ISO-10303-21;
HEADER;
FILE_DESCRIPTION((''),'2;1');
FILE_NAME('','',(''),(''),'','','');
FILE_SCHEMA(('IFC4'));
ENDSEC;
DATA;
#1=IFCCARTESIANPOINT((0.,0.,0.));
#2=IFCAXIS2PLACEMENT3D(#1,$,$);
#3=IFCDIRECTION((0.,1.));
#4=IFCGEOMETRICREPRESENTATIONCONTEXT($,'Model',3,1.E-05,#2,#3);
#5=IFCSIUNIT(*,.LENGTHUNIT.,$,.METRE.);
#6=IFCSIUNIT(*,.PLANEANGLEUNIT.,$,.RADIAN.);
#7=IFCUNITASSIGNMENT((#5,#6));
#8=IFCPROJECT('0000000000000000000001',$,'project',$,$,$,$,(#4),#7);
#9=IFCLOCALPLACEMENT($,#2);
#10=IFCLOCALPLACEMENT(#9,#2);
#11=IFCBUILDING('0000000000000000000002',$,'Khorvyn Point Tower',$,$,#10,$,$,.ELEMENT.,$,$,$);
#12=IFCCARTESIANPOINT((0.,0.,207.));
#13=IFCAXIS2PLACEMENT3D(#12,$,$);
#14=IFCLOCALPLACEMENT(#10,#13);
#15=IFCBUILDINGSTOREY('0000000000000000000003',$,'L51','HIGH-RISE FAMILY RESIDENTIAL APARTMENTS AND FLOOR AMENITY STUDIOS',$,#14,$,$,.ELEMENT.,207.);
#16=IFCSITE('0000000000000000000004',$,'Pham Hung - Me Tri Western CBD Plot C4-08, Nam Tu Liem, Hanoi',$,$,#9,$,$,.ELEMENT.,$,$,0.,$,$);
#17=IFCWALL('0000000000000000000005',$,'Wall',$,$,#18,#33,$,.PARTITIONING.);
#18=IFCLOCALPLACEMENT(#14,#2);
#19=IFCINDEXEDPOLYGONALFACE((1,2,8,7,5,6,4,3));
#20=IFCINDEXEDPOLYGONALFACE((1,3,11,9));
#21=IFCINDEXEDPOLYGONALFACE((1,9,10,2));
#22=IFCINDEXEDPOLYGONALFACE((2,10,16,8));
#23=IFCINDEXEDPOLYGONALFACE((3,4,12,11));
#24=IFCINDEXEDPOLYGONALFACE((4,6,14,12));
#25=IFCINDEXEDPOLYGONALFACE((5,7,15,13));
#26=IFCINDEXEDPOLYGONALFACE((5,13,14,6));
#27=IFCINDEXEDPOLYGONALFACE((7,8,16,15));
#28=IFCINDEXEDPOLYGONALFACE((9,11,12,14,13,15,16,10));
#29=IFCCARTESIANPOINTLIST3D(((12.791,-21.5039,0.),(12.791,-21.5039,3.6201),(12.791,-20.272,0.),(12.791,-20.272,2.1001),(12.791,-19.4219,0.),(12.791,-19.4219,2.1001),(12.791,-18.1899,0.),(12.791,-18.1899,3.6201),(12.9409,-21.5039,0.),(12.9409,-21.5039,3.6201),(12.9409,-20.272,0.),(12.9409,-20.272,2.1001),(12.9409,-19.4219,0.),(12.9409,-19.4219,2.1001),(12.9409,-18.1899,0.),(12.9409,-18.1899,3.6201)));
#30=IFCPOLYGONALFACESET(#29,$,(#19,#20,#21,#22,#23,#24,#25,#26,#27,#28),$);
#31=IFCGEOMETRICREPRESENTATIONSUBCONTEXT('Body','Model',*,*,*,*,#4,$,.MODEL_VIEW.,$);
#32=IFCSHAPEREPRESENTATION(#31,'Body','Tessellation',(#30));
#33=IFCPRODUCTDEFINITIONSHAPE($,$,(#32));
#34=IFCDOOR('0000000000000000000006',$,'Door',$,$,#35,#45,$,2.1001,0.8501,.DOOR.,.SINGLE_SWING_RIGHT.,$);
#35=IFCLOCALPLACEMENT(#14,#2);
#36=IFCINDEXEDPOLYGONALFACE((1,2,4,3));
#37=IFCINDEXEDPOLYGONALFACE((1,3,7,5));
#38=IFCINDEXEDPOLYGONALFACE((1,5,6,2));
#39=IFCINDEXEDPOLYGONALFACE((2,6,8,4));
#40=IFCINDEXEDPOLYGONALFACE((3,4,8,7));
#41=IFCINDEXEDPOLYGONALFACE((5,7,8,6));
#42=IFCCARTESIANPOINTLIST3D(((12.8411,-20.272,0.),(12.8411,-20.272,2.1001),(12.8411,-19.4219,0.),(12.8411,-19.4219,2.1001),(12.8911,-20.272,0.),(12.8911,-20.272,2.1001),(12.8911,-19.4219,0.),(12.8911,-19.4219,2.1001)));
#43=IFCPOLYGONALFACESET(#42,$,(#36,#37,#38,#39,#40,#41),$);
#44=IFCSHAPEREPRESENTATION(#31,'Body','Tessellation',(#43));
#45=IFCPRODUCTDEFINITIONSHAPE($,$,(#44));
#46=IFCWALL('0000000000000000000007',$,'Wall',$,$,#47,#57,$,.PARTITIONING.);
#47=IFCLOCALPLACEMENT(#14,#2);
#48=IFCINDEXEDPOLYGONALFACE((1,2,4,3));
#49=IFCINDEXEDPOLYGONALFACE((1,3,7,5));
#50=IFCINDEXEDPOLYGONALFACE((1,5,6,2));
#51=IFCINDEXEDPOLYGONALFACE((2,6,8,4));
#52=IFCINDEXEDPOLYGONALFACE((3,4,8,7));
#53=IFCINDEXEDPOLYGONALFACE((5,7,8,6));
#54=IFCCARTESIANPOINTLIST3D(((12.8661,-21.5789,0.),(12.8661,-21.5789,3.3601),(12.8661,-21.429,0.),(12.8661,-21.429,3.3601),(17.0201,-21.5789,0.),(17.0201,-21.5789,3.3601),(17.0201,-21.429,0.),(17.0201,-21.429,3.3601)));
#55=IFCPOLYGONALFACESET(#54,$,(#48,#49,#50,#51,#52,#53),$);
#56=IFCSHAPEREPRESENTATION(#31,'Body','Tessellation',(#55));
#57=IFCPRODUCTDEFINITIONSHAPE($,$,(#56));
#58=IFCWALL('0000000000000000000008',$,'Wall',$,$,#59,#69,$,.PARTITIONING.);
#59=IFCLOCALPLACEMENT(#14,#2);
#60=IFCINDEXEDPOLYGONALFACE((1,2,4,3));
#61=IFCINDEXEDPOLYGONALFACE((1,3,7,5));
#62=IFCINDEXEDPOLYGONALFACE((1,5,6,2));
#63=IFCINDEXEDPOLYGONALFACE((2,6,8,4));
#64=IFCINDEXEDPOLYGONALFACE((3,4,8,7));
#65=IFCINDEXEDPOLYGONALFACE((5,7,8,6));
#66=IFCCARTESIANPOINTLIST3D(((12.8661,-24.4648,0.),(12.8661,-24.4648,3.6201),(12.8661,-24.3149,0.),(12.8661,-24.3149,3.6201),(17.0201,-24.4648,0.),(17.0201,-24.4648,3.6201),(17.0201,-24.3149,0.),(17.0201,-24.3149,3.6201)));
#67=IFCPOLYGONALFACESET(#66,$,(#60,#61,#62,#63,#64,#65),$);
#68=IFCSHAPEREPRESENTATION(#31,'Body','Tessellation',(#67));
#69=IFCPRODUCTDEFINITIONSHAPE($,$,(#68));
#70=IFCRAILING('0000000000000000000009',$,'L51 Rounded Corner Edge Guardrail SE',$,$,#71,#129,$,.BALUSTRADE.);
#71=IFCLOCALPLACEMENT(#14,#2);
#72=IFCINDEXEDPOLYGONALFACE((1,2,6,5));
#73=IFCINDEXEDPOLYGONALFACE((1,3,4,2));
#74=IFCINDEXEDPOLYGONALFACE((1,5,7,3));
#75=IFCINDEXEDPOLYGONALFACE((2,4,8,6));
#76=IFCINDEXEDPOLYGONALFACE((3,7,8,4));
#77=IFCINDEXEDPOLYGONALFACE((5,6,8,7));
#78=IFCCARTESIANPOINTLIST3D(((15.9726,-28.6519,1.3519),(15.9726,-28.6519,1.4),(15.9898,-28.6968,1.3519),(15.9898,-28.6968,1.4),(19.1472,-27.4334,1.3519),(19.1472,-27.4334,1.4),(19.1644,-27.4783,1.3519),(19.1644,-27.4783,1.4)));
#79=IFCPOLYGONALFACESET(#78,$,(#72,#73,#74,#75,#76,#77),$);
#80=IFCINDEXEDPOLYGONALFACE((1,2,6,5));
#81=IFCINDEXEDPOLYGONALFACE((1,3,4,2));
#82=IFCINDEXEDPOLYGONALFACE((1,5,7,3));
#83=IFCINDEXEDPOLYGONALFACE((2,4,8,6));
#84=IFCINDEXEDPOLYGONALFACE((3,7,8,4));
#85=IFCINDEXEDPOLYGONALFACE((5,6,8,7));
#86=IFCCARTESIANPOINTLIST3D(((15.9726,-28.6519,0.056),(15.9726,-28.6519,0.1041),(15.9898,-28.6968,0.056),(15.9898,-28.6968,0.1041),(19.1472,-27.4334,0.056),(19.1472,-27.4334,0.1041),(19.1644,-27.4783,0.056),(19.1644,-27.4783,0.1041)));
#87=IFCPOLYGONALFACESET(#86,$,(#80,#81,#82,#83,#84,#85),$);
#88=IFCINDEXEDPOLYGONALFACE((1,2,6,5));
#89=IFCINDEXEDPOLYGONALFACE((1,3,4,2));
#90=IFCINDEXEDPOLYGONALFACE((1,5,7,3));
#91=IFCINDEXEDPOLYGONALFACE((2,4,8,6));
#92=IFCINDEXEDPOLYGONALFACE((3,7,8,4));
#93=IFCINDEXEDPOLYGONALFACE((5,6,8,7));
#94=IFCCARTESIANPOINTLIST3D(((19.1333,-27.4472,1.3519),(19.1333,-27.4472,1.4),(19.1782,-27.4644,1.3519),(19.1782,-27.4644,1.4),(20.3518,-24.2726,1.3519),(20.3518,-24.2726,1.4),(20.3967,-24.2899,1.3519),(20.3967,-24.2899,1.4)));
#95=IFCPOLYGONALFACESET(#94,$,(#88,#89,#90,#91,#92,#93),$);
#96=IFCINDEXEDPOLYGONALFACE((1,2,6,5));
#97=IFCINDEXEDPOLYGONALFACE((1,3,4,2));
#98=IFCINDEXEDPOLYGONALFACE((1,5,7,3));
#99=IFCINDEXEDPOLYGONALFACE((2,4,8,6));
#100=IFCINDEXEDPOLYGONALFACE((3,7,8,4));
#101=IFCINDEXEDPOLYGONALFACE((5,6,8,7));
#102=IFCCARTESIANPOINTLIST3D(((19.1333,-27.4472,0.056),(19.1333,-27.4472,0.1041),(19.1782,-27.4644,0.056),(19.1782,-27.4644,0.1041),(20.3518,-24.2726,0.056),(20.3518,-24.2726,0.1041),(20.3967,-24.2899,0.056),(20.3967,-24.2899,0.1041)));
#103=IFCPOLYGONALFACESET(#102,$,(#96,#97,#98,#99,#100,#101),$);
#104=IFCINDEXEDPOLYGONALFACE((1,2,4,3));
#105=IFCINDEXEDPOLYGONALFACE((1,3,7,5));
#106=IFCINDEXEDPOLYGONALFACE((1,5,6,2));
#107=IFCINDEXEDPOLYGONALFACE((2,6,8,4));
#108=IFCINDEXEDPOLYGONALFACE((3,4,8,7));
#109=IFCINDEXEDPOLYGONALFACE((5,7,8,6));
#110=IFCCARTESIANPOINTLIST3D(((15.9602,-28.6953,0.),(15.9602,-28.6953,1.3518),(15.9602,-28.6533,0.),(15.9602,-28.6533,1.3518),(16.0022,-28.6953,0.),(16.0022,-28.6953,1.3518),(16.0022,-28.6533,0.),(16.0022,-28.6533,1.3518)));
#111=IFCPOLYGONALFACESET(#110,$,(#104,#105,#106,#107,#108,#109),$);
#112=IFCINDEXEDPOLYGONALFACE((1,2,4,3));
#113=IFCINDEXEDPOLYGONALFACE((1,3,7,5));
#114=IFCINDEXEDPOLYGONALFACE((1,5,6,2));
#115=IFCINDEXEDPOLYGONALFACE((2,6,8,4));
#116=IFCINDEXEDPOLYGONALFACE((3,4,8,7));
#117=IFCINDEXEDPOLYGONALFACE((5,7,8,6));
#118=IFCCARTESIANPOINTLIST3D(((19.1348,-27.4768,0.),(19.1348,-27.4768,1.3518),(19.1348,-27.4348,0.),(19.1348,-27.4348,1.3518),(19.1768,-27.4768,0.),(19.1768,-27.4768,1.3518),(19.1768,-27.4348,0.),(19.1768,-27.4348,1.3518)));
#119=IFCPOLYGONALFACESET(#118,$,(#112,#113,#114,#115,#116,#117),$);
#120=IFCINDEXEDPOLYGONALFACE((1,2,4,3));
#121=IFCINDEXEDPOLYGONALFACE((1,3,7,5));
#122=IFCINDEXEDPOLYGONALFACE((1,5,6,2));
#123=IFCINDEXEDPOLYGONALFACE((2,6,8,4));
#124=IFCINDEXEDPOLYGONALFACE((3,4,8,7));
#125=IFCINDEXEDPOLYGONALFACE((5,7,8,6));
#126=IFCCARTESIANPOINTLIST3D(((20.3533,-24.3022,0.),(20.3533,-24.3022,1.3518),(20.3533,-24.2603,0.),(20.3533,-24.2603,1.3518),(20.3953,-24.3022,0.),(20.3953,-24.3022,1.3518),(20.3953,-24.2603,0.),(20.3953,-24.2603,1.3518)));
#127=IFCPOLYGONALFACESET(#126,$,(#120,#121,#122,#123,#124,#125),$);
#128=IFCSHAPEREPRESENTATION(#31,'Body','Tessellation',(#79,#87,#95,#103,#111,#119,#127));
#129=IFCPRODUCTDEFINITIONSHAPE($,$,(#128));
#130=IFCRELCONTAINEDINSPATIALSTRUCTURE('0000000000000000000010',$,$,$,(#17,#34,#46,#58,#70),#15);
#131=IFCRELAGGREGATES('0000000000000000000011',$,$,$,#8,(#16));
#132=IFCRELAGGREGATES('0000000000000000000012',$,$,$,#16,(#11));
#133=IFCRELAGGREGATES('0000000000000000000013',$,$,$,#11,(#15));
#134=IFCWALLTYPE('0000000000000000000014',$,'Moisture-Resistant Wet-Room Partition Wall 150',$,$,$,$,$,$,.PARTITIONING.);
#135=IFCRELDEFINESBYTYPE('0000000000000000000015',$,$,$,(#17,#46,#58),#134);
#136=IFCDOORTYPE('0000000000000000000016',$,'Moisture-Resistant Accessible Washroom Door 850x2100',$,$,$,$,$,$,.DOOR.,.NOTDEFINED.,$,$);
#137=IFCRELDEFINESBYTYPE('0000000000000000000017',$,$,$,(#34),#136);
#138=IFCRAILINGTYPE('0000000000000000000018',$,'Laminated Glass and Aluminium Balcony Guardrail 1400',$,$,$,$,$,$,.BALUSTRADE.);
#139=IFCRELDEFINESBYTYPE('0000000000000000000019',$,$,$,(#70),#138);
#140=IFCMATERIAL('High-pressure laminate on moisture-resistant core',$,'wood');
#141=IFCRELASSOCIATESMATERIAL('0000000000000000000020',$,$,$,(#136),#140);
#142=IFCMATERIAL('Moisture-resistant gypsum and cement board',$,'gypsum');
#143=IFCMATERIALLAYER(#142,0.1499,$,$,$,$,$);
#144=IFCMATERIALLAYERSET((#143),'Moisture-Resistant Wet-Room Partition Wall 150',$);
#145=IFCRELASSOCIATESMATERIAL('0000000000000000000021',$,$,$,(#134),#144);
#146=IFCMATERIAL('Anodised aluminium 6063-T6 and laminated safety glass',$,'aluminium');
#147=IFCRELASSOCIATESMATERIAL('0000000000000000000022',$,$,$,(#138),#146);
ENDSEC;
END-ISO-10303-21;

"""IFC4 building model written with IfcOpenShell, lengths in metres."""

from ifc_helpers import new_model, si_unit, direction, frame, frame_2d, origin, origin_2d, place, context, subcontext, project, spatial, rectangle, extrude, material, layer, layer_set, type_object, element, fill, save


model = new_model("IFC4")

# Units and contexts
model_context = context("Model", 3, precision=1e-05, world=origin(), true_north=direction((0.0, 1.0)))
body_context = subcontext(model_context, "Body", "Model", "MODEL_VIEW")
ifc_project = project(units=[si_unit("LENGTHUNIT", "METRE"), si_unit("PLANEANGLEUNIT", "RADIAN")], contexts=[model_context])

# Site, building, storey
site_placement = place(None, origin())
site = spatial("IfcSite", under=ifc_project, at=site_placement, Name="Pham Hung - Me Tri Western CBD Plot C4-08, Nam Tu Liem, Hanoi", CompositionType="ELEMENT", RefElevation=0.0)
building_placement = place(site_placement, origin())
building = spatial("IfcBuilding", under=site, at=building_placement, Name="Khorvyn Point Tower", CompositionType="ELEMENT")
storey_placement = place(building_placement, frame((0.0, 0.0, 207.0)))
storey = spatial("IfcBuildingStorey", under=building, at=storey_placement, Name="L51", Description="HIGH-RISE FAMILY RESIDENTIAL APARTMENTS AND FLOOR AMENITY STUDIOS", CompositionType="ELEMENT", Elevation=207.0)

# Wall, opening, door
ifc_material_1 = material(Name="High-pressure laminate on moisture-resistant core", Category="wood")
door_type_1 = type_object("IfcDoorType", Name="Moisture-Resistant Accessible Washroom Door 850x2100", OperationType="NOTDEFINED", PredefinedType="DOOR", material=ifc_material_1)
ifc_material_2 = material(Name="Moisture-resistant gypsum and cement board", Category="gypsum")
ifc_layer_1 = layer(ifc_material_2, 0.1499)
ifc_layer_set_1 = layer_set([ifc_layer_1], Name="Moisture-Resistant Wet-Room Partition Wall 150")
wall_type_1 = type_object("IfcWallType", Name="Moisture-Resistant Wet-Room Partition Wall 150", PredefinedType="PARTITIONING", material=ifc_layer_set_1)
wall_1_placement = place(storey_placement, frame((12.866, -21.5039, 0.0), z_axis=(0.0, 0.0, 1.0), x_axis=(0.0, 1.0, 0.0)))
wall_1 = element("IfcWall", 1, at=wall_1_placement, inside=storey, type_object=wall_type_1, Name="Wall", PredefinedType="PARTITIONING", context=body_context, shape_type="SweptSolid", body=[
    extrude(rectangle(XDim=3.314, YDim=0.1499, at=frame_2d((1.657, 0.0))), origin(), (0.0, 0.0, 1.0), 3.6201),
])
opening_1_placement = place(wall_1_placement, frame((1.2319, 0.0, 0.0)))
opening_1 = element("IfcOpeningElement", 2, at=opening_1_placement, cuts=wall_1, PredefinedType="OPENING", context=body_context, shape_type="SweptSolid", body=[
    extrude(rectangle(XDim=0.8501, YDim=2.1001, at=frame_2d((0.425, 1.05))), frame((0.0, 0.085, 0.0), z_axis=(0.0, -1.0, 0.0), x_axis=(1.0, 0.0, 0.0)), (0.0, 0.0, 1.0), 0.1699),
])
door_1_placement = place(opening_1_placement, origin())
door_1 = element("IfcDoor", 3, at=door_1_placement, inside=storey, type_object=door_type_1, Name="Door", OperationType="SINGLE_SWING_RIGHT", OverallHeight=2.1001, OverallWidth=0.8501, PredefinedType="DOOR", context=body_context, shape_type="SweptSolid", body=[
    extrude(rectangle(XDim=0.8501, YDim=2.1001, at=frame_2d((0.425, 1.05))), frame((0.0, 0.0249, 0.0), z_axis=(0.0, -1.0, 0.0), x_axis=(1.0, 0.0, 0.0)), (0.0, 0.0, 1.0), 0.05),
])
fill(opening_1, door_1)

# Walls
wall_2_placement = place(storey_placement, frame((12.866, -21.5039, 0.0), z_axis=(0.0, 0.0, 1.0), x_axis=(1.0, 0.0, 0.0)))
element("IfcWall", 4, at=wall_2_placement, inside=storey, type_object=wall_type_1, Name="Wall", PredefinedType="PARTITIONING", context=body_context, shape_type="SweptSolid", body=[
    extrude(rectangle(XDim=4.1541, YDim=0.1499, at=frame_2d((2.0771, 0.0))), origin(), (0.0, 0.0, 1.0), 3.3601),
])
wall_3_placement = place(storey_placement, frame((12.866, -24.3899, 0.0), z_axis=(0.0, 0.0, 1.0), x_axis=(1.0, 0.0, 0.0)))
element("IfcWall", 5, at=wall_3_placement, inside=storey, type_object=wall_type_1, Name="Wall", PredefinedType="PARTITIONING", context=body_context, shape_type="SweptSolid", body=[
    extrude(rectangle(XDim=4.1541, YDim=0.1499, at=frame_2d((2.0771, 0.0))), origin(), (0.0, 0.0, 1.0), 3.6201),
])

# Railing
ifc_material_3 = material(Name="Anodised aluminium 6063-T6 and laminated safety glass", Category="aluminium")
railing_type = type_object("IfcRailingType", Name="Laminated Glass and Aluminium Balcony Guardrail 1400", PredefinedType="BALUSTRADE", material=ifc_material_3)
railing_1_placement = place(storey_placement, frame((15.9812, -28.6743, 0.0)))
element("IfcRailing", 6, at=railing_1_placement, inside=storey, type_object=railing_type, Name="L51 Rounded Corner Edge Guardrail SE", PredefinedType="BALUSTRADE", context=body_context, shape_type="SweptSolid", body=[
    extrude(rectangle(XDim=0.0481, YDim=0.0481, at=origin_2d()), frame((0.0, 0.0, 1.376), z_axis=(0.93359, 0.358344, 0.0), x_axis=(-0.358344, 0.93359, 0.0)), (0.0, 0.0, 1.0), 3.4004),
    extrude(rectangle(XDim=0.0481, YDim=0.0481, at=origin_2d()), frame((0.0, 0.0, 0.0801), z_axis=(0.93359, 0.358344, 0.0), x_axis=(-0.358344, 0.93359, 0.0)), (0.0, 0.0, 1.0), 3.4004),
    extrude(rectangle(XDim=0.0481, YDim=0.0481, at=origin_2d()), frame((3.1746, 1.2185, 1.376), z_axis=(0.358344, 0.93359, 0.0), x_axis=(-0.93359, 0.358344, 0.0)), (0.0, 0.0, 1.0), 3.4004),
    extrude(rectangle(XDim=0.0481, YDim=0.0481, at=origin_2d()), frame((3.1746, 1.2185, 0.0801), z_axis=(0.358344, 0.93359, 0.0), x_axis=(-0.93359, 0.358344, 0.0)), (0.0, 0.0, 1.0), 3.4004),
    extrude(rectangle(XDim=0.042, YDim=0.042, at=origin_2d()), origin(), (0.0, 0.0, 1.0), 1.3518),
    extrude(rectangle(XDim=0.042, YDim=0.042, at=origin_2d()), frame((3.1746, 1.2185, 0.0)), (0.0, 0.0, 1.0), 1.3518),
    extrude(rectangle(XDim=0.042, YDim=0.042, at=origin_2d()), frame((4.3931, 4.3931, 0.0)), (0.0, 0.0, 1.0), 1.3518),
])

save(model, "model.ifc")
